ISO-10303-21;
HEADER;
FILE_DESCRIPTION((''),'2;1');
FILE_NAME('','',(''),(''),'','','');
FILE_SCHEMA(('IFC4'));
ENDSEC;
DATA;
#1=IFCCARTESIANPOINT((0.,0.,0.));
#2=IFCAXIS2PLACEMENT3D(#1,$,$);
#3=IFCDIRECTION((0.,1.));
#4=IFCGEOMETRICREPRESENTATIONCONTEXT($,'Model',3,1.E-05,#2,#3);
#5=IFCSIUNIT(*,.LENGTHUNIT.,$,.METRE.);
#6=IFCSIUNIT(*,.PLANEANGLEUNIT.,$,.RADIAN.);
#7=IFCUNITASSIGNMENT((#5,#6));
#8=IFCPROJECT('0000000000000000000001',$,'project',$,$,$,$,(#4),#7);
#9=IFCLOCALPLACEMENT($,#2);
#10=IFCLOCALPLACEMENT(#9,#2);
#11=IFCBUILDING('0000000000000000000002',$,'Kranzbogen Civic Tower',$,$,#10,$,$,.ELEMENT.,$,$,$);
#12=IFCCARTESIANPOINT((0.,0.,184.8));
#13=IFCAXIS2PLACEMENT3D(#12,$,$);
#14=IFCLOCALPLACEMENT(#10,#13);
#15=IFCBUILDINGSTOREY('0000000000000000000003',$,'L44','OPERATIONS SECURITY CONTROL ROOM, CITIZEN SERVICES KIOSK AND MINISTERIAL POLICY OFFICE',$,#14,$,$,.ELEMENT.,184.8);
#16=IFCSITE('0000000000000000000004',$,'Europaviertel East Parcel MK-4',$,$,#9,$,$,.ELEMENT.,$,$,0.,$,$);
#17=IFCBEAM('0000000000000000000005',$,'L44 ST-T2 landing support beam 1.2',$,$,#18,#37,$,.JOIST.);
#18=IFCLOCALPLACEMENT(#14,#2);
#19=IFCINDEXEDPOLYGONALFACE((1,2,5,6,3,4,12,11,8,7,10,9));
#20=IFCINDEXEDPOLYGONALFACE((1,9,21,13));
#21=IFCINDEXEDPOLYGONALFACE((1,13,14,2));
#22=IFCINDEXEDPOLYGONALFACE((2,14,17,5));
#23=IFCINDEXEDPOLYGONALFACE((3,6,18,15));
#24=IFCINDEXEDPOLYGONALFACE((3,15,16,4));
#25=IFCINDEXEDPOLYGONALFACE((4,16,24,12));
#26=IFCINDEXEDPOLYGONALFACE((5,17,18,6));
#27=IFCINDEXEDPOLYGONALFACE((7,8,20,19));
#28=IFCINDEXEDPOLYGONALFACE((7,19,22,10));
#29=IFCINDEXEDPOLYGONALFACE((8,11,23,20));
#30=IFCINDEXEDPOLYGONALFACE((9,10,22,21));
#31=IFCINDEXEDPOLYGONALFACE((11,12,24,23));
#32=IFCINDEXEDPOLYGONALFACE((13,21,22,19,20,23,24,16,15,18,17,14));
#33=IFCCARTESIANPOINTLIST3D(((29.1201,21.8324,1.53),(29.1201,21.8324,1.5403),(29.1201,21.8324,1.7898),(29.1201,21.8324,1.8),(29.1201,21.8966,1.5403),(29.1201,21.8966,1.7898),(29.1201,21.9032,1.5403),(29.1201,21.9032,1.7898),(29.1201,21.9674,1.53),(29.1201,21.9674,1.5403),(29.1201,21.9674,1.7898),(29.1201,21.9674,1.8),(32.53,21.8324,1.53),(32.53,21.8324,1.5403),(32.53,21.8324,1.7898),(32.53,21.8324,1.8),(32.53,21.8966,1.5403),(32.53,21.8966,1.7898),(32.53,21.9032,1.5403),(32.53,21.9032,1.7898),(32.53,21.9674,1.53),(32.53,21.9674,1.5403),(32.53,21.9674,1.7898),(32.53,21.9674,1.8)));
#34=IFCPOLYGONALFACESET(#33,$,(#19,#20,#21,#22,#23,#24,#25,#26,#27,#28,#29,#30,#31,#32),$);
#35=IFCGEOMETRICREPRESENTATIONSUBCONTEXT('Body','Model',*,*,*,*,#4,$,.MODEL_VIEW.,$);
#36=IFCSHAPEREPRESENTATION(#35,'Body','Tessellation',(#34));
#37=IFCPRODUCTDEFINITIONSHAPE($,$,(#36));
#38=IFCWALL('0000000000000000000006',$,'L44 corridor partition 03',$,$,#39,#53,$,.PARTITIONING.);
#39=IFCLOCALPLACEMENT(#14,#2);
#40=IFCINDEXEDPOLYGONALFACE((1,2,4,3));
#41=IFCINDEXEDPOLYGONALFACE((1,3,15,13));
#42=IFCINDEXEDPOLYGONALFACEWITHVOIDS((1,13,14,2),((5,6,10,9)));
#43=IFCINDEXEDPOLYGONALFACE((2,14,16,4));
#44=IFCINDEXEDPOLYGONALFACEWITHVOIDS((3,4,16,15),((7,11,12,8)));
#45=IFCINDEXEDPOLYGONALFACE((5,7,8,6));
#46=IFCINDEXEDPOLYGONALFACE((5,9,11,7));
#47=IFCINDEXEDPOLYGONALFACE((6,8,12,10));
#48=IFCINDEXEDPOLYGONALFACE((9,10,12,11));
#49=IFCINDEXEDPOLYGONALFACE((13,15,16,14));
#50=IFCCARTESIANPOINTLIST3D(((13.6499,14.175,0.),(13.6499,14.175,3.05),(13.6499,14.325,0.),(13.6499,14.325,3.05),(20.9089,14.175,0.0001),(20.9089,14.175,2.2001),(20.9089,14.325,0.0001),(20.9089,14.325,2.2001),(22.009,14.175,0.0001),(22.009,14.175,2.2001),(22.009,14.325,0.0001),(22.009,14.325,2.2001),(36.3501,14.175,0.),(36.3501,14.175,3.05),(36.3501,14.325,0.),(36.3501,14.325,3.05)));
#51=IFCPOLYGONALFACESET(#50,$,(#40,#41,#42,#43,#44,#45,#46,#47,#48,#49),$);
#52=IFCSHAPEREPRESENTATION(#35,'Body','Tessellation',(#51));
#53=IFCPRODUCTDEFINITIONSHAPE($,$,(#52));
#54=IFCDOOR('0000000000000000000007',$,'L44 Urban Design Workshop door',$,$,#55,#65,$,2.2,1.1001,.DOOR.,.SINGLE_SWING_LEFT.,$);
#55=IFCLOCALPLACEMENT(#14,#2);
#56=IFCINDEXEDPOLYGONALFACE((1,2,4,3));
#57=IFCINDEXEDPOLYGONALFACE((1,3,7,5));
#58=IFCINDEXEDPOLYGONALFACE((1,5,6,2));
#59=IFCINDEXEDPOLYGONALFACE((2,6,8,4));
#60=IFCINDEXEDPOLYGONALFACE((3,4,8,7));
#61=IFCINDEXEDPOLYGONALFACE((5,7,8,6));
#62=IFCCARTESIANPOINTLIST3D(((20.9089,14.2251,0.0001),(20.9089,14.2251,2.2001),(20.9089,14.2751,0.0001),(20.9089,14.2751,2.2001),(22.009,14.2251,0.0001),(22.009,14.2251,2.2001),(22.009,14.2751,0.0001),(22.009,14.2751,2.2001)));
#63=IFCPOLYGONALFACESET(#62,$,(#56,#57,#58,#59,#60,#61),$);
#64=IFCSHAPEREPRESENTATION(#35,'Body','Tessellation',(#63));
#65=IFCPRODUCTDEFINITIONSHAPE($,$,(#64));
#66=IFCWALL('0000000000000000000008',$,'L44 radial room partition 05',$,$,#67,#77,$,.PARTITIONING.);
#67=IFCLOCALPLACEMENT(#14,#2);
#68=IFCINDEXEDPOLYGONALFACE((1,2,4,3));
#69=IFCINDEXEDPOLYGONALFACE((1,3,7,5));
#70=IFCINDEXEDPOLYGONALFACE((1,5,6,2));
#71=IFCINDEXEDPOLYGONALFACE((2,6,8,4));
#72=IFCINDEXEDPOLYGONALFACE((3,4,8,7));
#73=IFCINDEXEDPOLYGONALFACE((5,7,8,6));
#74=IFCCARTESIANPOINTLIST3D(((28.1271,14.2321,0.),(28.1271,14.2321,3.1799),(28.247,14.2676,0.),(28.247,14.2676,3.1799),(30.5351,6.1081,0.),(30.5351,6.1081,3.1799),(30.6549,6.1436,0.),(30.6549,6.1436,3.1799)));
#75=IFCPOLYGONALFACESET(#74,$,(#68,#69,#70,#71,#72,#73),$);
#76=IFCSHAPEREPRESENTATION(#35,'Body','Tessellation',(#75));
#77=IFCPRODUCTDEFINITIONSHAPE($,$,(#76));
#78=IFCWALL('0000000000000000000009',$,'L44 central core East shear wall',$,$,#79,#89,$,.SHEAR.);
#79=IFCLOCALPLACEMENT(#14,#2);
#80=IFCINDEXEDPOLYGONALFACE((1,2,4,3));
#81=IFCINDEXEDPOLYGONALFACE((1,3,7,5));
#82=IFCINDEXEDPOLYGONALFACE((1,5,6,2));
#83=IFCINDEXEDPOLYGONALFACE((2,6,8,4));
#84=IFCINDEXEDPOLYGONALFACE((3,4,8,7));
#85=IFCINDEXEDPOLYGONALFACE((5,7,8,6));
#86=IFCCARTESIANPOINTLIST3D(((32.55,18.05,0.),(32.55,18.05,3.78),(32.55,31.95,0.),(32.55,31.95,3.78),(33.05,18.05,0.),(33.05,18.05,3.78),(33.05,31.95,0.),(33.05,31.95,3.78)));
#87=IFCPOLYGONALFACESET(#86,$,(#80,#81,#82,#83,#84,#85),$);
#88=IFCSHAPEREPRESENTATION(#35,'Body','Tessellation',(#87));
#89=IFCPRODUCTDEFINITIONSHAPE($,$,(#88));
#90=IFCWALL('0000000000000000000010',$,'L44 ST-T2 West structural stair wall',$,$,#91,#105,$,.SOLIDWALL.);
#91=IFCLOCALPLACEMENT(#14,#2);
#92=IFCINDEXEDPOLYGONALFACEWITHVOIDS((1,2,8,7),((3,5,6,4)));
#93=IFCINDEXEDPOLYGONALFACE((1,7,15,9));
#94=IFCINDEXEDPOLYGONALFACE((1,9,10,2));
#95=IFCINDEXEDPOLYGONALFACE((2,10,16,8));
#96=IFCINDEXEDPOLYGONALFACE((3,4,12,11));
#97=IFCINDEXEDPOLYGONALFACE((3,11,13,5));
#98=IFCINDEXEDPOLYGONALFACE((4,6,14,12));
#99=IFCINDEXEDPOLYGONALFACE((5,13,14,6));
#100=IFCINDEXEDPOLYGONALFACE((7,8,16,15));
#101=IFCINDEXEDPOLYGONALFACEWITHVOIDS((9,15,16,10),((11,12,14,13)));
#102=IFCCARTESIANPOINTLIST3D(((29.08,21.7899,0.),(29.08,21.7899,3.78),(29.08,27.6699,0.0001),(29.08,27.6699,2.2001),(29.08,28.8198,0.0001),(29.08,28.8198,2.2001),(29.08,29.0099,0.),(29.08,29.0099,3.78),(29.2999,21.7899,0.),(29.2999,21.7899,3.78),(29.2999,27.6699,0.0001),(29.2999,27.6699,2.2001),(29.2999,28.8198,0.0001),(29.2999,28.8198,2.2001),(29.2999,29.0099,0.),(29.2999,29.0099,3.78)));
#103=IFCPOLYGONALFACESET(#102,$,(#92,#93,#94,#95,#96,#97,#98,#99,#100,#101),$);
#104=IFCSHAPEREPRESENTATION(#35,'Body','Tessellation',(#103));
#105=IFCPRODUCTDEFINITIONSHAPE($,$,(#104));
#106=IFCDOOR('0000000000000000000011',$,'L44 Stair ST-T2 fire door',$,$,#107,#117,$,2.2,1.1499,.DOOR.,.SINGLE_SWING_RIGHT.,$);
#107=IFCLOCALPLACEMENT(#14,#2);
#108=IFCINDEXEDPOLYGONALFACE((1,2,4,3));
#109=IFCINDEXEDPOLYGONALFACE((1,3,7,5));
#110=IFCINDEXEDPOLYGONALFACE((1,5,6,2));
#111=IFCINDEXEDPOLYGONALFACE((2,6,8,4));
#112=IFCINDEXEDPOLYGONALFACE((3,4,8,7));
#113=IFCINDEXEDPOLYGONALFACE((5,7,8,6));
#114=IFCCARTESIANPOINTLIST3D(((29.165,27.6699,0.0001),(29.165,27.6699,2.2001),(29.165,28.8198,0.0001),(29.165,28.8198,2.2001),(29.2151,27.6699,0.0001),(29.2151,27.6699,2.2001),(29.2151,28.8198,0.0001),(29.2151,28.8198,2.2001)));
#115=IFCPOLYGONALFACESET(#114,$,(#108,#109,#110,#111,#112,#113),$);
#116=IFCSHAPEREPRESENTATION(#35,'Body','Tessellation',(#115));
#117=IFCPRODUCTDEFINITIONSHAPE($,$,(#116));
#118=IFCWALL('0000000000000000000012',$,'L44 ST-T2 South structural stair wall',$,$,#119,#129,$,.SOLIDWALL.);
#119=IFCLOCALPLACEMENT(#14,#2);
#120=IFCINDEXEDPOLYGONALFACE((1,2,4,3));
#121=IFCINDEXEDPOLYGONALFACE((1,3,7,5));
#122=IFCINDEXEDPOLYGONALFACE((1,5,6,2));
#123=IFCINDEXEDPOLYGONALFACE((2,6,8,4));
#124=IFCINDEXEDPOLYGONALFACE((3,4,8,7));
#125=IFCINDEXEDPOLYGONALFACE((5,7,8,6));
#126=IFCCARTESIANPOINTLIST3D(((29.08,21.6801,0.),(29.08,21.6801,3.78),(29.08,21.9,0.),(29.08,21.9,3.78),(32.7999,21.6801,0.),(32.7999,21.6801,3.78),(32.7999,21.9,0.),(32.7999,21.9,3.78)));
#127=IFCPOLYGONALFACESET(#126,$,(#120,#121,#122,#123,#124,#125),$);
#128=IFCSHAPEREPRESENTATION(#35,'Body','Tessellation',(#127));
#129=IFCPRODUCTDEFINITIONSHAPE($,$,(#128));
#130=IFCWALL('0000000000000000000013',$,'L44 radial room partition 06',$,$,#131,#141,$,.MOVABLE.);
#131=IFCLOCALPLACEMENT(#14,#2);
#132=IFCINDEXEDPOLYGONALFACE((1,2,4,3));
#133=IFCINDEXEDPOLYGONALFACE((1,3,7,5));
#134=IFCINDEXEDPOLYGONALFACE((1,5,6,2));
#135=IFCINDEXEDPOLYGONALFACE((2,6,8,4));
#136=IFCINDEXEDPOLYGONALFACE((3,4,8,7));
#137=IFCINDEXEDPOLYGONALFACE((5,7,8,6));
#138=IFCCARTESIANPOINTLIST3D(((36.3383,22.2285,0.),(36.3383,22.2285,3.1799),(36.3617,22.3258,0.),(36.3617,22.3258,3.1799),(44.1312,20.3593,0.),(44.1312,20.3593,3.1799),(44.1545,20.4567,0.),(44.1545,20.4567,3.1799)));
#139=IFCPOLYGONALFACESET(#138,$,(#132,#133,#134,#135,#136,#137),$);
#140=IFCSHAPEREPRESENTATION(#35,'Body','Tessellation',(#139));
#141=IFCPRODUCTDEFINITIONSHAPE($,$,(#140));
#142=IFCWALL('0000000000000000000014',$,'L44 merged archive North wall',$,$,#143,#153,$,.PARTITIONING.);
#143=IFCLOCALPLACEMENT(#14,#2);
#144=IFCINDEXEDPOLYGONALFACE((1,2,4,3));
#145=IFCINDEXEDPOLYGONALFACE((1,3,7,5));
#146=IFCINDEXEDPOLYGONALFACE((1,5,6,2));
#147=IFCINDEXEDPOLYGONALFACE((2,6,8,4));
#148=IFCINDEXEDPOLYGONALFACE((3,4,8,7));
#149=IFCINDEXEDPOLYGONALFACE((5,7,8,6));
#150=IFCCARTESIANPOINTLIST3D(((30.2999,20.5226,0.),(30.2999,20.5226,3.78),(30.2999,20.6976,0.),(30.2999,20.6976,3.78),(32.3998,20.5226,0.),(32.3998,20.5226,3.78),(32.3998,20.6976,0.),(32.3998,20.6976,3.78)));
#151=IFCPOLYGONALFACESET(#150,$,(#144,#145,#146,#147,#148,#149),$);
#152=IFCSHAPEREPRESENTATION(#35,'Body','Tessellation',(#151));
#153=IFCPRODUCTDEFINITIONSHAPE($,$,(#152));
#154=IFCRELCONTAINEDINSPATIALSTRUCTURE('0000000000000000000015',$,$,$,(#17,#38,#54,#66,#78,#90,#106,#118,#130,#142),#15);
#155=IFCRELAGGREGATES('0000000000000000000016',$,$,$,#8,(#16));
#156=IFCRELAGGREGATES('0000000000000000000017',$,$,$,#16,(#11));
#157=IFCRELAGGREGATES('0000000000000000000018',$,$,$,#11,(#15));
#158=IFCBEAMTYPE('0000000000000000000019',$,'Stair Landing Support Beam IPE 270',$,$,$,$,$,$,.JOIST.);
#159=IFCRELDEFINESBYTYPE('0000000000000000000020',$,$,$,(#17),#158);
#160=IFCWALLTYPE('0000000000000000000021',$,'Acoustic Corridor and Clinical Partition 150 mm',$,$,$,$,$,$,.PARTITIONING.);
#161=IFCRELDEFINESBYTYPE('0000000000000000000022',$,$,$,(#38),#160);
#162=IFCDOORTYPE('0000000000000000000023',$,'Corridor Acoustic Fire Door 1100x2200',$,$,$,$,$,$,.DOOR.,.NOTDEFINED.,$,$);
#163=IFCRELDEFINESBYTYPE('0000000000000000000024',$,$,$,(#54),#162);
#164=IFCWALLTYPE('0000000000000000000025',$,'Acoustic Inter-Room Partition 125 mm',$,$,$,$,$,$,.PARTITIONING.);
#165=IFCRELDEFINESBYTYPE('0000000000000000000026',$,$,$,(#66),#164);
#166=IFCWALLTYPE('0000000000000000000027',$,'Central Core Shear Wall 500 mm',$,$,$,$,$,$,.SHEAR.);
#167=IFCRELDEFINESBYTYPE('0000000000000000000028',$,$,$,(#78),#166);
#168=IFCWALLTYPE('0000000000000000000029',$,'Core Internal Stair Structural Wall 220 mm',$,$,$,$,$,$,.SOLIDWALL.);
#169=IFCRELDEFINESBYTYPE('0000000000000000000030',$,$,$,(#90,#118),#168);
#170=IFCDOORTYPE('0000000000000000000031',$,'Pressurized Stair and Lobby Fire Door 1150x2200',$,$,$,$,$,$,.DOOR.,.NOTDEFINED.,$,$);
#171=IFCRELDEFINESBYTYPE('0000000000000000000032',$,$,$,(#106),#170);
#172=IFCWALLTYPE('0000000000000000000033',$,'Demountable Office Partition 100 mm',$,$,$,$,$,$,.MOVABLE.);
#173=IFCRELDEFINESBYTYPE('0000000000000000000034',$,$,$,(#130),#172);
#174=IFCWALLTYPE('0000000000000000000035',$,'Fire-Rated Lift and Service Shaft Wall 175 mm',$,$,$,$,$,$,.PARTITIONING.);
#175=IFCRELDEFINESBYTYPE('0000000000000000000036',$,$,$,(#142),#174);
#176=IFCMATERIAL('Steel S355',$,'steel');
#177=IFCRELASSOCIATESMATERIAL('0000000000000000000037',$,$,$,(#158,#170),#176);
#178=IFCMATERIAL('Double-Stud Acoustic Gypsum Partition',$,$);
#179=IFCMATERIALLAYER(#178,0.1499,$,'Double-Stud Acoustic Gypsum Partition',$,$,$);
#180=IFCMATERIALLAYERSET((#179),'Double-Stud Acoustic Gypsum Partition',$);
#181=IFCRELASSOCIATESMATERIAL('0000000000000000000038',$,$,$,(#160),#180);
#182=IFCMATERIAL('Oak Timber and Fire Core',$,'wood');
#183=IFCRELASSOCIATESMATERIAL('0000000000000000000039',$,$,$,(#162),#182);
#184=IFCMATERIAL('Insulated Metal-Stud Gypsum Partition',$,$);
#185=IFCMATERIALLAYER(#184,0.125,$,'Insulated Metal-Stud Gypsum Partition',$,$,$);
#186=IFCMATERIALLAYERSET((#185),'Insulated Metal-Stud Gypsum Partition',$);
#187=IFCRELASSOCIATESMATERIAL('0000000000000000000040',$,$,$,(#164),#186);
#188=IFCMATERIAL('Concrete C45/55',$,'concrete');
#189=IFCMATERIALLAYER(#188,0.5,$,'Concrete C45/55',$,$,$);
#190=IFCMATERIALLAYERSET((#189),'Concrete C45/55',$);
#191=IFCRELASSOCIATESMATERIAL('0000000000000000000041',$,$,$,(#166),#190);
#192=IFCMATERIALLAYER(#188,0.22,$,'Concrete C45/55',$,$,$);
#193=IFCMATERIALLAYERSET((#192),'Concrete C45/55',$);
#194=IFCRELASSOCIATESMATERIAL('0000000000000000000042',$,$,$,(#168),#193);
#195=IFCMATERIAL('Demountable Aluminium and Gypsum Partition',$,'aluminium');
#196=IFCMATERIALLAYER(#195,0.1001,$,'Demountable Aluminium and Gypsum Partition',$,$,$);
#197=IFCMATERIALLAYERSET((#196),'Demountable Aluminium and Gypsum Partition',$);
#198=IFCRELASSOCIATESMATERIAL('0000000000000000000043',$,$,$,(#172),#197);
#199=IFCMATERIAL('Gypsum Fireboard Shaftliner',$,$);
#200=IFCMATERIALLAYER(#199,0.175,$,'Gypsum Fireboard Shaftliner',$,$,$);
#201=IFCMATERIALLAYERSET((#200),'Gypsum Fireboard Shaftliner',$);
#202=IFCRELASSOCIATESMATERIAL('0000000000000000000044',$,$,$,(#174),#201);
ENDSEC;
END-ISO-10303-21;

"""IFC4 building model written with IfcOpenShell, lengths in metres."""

from ifc_helpers import new_model, si_unit, direction, frame, frame_2d, origin, origin_2d, place, context, subcontext, project, spatial, rectangle, i_section, extrude, material, layer, layer_set, material_profile, profile_set, type_object, element, fill, save


model = new_model("IFC4")

# Units and contexts
model_context = context("Model", 3, precision=1e-05, world=origin(), true_north=direction((0.0, 1.0)))
body_context = subcontext(model_context, "Body", "Model", "MODEL_VIEW")
ifc_project = project(units=[si_unit("LENGTHUNIT", "METRE"), si_unit("PLANEANGLEUNIT", "RADIAN")], contexts=[model_context])

# Site, building, storey
site_placement = place(None, origin())
site = spatial("IfcSite", under=ifc_project, at=site_placement, Name="Europaviertel East Parcel MK-4", CompositionType="ELEMENT", RefElevation=0.0)
building_placement = place(site_placement, origin())
building = spatial("IfcBuilding", under=site, at=building_placement, Name="Kranzbogen Civic Tower", CompositionType="ELEMENT")
storey_placement = place(building_placement, frame((0.0, 0.0, 184.8)))
storey = spatial("IfcBuildingStorey", under=building, at=storey_placement, Name="L44", Description="OPERATIONS SECURITY CONTROL ROOM, CITIZEN SERVICES KIOSK AND MINISTERIAL POLICY OFFICE", CompositionType="ELEMENT", Elevation=184.8)

# Shared definitions
ifc_material_1 = material(Name="Steel S355", Category="steel")

# Beam
ifc_material_profile_1 = material_profile(ifc_material_1, i_section(OverallWidth=0.135, OverallDepth=0.27, WebThickness=0.0066, FlangeThickness=0.0103, at=origin_2d()), Name="IPE 270")
ifc_profile_set_1 = profile_set([ifc_material_profile_1], Name="Steel S355")
beam_type_1 = type_object("IfcBeamType", Name="Stair Landing Support Beam IPE 270", PredefinedType="JOIST", material=ifc_profile_set_1)
beam_1_placement = place(storey_placement, frame((29.1201, 21.8999, 1.665), z_axis=(1.0, 0.0, 0.0), x_axis=(0.0, 1.0, 0.0)))
element("IfcBeam", 1, at=beam_1_placement, inside=storey, type_object=beam_type_1, Name="L44 ST-T2 landing support beam 1.2", PredefinedType="JOIST", context=body_context, shape_type="SweptSolid", body=[
    extrude(i_section(OverallWidth=0.135, OverallDepth=0.27, WebThickness=0.0066, FlangeThickness=0.0103, at=origin_2d()), origin(), (0.0, 0.0, 1.0), 3.4099),
])

# Wall, opening, door
ifc_material_2 = material(Name="Double-Stud Acoustic Gypsum Partition")
ifc_layer_1 = layer(ifc_material_2, 0.1499, Name="Double-Stud Acoustic Gypsum Partition")
ifc_layer_set_1 = layer_set([ifc_layer_1], Name="Double-Stud Acoustic Gypsum Partition")
wall_type_1 = type_object("IfcWallType", Name="Acoustic Corridor and Clinical Partition 150 mm", PredefinedType="PARTITIONING", material=ifc_layer_set_1)
wall_1_placement = place(storey_placement, frame((36.3501, 14.25, 0.0), z_axis=(0.0, 0.0, 1.0), x_axis=(-1.0, 0.0, 0.0)))
wall_1 = element("IfcWall", 2, at=wall_1_placement, inside=storey, type_object=wall_type_1, Name="L44 corridor partition 03", PredefinedType="PARTITIONING", context=body_context, shape_type="SweptSolid", body=[
    extrude(rectangle(XDim=22.7002, YDim=0.1499, at=frame_2d((11.3501, 0.0))), origin(), (0.0, 0.0, 1.0), 3.05),
])
opening_1_placement = place(wall_1_placement, frame((14.3411, 0.0, 0.0)))
opening_1 = element("IfcOpeningElement", 3, at=opening_1_placement, cuts=wall_1, PredefinedType="OPENING", context=body_context, shape_type="SweptSolid", body=[
    extrude(rectangle(XDim=1.1001, YDim=2.2, at=frame_2d((0.55, 1.1001))), frame((0.0, 0.085, 0.0), z_axis=(0.0, -1.0, 0.0), x_axis=(1.0, 0.0, 0.0)), (0.0, 0.0, 1.0), 0.1699),
])
ifc_material_3 = material(Name="Oak Timber and Fire Core", Category="wood")
door_type_1 = type_object("IfcDoorType", Name="Corridor Acoustic Fire Door 1100x2200", OperationType="NOTDEFINED", PredefinedType="DOOR", material=ifc_material_3)
door_1_placement = place(opening_1_placement, origin())
door_1 = element("IfcDoor", 4, at=door_1_placement, inside=storey, type_object=door_type_1, Name="L44 Urban Design Workshop door", OperationType="SINGLE_SWING_LEFT", OverallHeight=2.2, OverallWidth=1.1001, PredefinedType="DOOR", context=body_context, shape_type="SweptSolid", body=[
    extrude(rectangle(XDim=1.1001, YDim=2.2, at=frame_2d((0.55, 1.1001))), frame((0.0, 0.0249, 0.0), z_axis=(0.0, -1.0, 0.0), x_axis=(1.0, 0.0, 0.0)), (0.0, 0.0, 1.0), 0.05),
])
fill(opening_1, door_1)

# Walls
ifc_material_4 = material(Name="Insulated Metal-Stud Gypsum Partition")
ifc_layer_2 = layer(ifc_material_4, 0.125, Name="Insulated Metal-Stud Gypsum Partition")
ifc_layer_set_2 = layer_set([ifc_layer_2], Name="Insulated Metal-Stud Gypsum Partition")
wall_type_2 = type_object("IfcWallType", Name="Acoustic Inter-Room Partition 125 mm", PredefinedType="PARTITIONING", material=ifc_layer_set_2)
wall_2_placement = place(storey_placement, frame((28.187, 14.25, 0.0), z_axis=(0.0, 0.0, 1.0), x_axis=(0.28418, -0.958771, 0.0)))
element("IfcWall", 5, at=wall_2_placement, inside=storey, type_object=wall_type_2, Name="L44 radial room partition 05", PredefinedType="PARTITIONING", context=body_context, shape_type="SweptSolid", body=[
    extrude(rectangle(XDim=8.4734, YDim=0.125, at=frame_2d((4.2368, 0.0))), origin(), (0.0, 0.0, 1.0), 3.1799),
])
ifc_material_5 = material(Name="Concrete C45/55", Category="concrete")
ifc_layer_3 = layer(ifc_material_5, 0.5, Name="Concrete C45/55")
ifc_layer_set_3 = layer_set([ifc_layer_3], Name="Concrete C45/55")
wall_type_3 = type_object("IfcWallType", Name="Central Core Shear Wall 500 mm", PredefinedType="SHEAR", material=ifc_layer_set_3)
wall_3_placement = place(storey_placement, frame((32.8, 18.05, 0.0), z_axis=(0.0, 0.0, 1.0), x_axis=(0.0, 1.0, 0.0)))
element("IfcWall", 6, at=wall_3_placement, inside=storey, type_object=wall_type_3, Name="L44 central core East shear wall", PredefinedType="SHEAR", context=body_context, shape_type="SweptSolid", body=[
    extrude(rectangle(XDim=13.8999, YDim=0.5, at=frame_2d((6.95, 0.0))), origin(), (0.0, 0.0, 1.0), 3.78),
])

# Wall, opening, door
ifc_layer_4 = layer(ifc_material_5, 0.22, Name="Concrete C45/55")
ifc_layer_set_4 = layer_set([ifc_layer_4], Name="Concrete C45/55")
wall_type_4 = type_object("IfcWallType", Name="Core Internal Stair Structural Wall 220 mm", PredefinedType="SOLIDWALL", material=ifc_layer_set_4)
wall_4_placement = place(storey_placement, frame((29.1899, 21.79, 0.0), z_axis=(0.0, 0.0, 1.0), x_axis=(0.0, 1.0, 0.0)))
wall_4 = element("IfcWall", 7, at=wall_4_placement, inside=storey, type_object=wall_type_4, Name="L44 ST-T2 West structural stair wall", PredefinedType="SOLIDWALL", context=body_context, shape_type="SweptSolid", body=[
    extrude(rectangle(XDim=7.22, YDim=0.22, at=frame_2d((3.6099, 0.0))), origin(), (0.0, 0.0, 1.0), 3.78),
])
opening_2_placement = place(wall_4_placement, frame((5.8799, 0.0, 0.0)))
opening_2 = element("IfcOpeningElement", 8, at=opening_2_placement, cuts=wall_4, PredefinedType="OPENING", context=body_context, shape_type="SweptSolid", body=[
    extrude(rectangle(XDim=1.1499, YDim=2.2, at=frame_2d((0.575, 1.1001))), frame((0.0, 0.1201, 0.0), z_axis=(0.0, -1.0, 0.0), x_axis=(1.0, 0.0, 0.0)), (0.0, 0.0, 1.0), 0.24),
])
door_type_2 = type_object("IfcDoorType", Name="Pressurized Stair and Lobby Fire Door 1150x2200", OperationType="NOTDEFINED", PredefinedType="DOOR", material=ifc_material_1)
door_2_placement = place(opening_2_placement, origin())
door_2 = element("IfcDoor", 9, at=door_2_placement, inside=storey, type_object=door_type_2, Name="L44 Stair ST-T2 fire door", OperationType="SINGLE_SWING_RIGHT", OverallHeight=2.2, OverallWidth=1.1499, PredefinedType="DOOR", context=body_context, shape_type="SweptSolid", body=[
    extrude(rectangle(XDim=1.1499, YDim=2.2, at=frame_2d((0.575, 1.1001))), frame((0.0, 0.0249, 0.0), z_axis=(0.0, -1.0, 0.0), x_axis=(1.0, 0.0, 0.0)), (0.0, 0.0, 1.0), 0.05),
])
fill(opening_2, door_2)

# Walls
wall_5_placement = place(storey_placement, frame((29.0801, 21.79, 0.0), z_axis=(0.0, 0.0, 1.0), x_axis=(1.0, 0.0, 0.0)))
element("IfcWall", 10, at=wall_5_placement, inside=storey, type_object=wall_type_4, Name="L44 ST-T2 South structural stair wall", PredefinedType="SOLIDWALL", context=body_context, shape_type="SweptSolid", body=[
    extrude(rectangle(XDim=3.72, YDim=0.22, at=frame_2d((1.8599, 0.0))), origin(), (0.0, 0.0, 1.0), 3.78),
])
ifc_material_6 = material(Name="Demountable Aluminium and Gypsum Partition", Category="aluminium")
ifc_layer_5 = layer(ifc_material_6, 0.1001, Name="Demountable Aluminium and Gypsum Partition")
ifc_layer_set_5 = layer_set([ifc_layer_5], Name="Demountable Aluminium and Gypsum Partition")
wall_type_5 = type_object("IfcWallType", Name="Demountable Office Partition 100 mm", PredefinedType="MOVABLE", material=ifc_layer_set_5)
wall_6_placement = place(storey_placement, frame((36.3501, 22.2771, 0.0), z_axis=(0.0, 0.0, 1.0), x_axis=(0.97242, -0.233235, 0.0)))
element("IfcWall", 11, at=wall_6_placement, inside=storey, type_object=wall_type_5, Name="L44 radial room partition 06", PredefinedType="MOVABLE", context=body_context, shape_type="SweptSolid", body=[
    extrude(rectangle(XDim=8.0139, YDim=0.1001, at=frame_2d((4.0068, 0.0))), origin(), (0.0, 0.0, 1.0), 3.1799),
])
ifc_material_7 = material(Name="Gypsum Fireboard Shaftliner")
ifc_layer_6 = layer(ifc_material_7, 0.175, Name="Gypsum Fireboard Shaftliner")
ifc_layer_set_6 = layer_set([ifc_layer_6], Name="Gypsum Fireboard Shaftliner")
wall_type_6 = type_object("IfcWallType", Name="Fire-Rated Lift and Service Shaft Wall 175 mm", PredefinedType="PARTITIONING", material=ifc_layer_set_6)
wall_7_placement = place(storey_placement, frame((30.3, 20.6101, 0.0), z_axis=(0.0, 0.0, 1.0), x_axis=(1.0, 0.0, 0.0)))
element("IfcWall", 12, at=wall_7_placement, inside=storey, type_object=wall_type_6, Name="L44 merged archive North wall", PredefinedType="PARTITIONING", context=body_context, shape_type="SweptSolid", body=[
    extrude(rectangle(XDim=2.0999, YDim=0.175, at=frame_2d((1.0498, 0.0))), origin(), (0.0, 0.0, 1.0), 3.78),
])

save(model, "model.ifc")
